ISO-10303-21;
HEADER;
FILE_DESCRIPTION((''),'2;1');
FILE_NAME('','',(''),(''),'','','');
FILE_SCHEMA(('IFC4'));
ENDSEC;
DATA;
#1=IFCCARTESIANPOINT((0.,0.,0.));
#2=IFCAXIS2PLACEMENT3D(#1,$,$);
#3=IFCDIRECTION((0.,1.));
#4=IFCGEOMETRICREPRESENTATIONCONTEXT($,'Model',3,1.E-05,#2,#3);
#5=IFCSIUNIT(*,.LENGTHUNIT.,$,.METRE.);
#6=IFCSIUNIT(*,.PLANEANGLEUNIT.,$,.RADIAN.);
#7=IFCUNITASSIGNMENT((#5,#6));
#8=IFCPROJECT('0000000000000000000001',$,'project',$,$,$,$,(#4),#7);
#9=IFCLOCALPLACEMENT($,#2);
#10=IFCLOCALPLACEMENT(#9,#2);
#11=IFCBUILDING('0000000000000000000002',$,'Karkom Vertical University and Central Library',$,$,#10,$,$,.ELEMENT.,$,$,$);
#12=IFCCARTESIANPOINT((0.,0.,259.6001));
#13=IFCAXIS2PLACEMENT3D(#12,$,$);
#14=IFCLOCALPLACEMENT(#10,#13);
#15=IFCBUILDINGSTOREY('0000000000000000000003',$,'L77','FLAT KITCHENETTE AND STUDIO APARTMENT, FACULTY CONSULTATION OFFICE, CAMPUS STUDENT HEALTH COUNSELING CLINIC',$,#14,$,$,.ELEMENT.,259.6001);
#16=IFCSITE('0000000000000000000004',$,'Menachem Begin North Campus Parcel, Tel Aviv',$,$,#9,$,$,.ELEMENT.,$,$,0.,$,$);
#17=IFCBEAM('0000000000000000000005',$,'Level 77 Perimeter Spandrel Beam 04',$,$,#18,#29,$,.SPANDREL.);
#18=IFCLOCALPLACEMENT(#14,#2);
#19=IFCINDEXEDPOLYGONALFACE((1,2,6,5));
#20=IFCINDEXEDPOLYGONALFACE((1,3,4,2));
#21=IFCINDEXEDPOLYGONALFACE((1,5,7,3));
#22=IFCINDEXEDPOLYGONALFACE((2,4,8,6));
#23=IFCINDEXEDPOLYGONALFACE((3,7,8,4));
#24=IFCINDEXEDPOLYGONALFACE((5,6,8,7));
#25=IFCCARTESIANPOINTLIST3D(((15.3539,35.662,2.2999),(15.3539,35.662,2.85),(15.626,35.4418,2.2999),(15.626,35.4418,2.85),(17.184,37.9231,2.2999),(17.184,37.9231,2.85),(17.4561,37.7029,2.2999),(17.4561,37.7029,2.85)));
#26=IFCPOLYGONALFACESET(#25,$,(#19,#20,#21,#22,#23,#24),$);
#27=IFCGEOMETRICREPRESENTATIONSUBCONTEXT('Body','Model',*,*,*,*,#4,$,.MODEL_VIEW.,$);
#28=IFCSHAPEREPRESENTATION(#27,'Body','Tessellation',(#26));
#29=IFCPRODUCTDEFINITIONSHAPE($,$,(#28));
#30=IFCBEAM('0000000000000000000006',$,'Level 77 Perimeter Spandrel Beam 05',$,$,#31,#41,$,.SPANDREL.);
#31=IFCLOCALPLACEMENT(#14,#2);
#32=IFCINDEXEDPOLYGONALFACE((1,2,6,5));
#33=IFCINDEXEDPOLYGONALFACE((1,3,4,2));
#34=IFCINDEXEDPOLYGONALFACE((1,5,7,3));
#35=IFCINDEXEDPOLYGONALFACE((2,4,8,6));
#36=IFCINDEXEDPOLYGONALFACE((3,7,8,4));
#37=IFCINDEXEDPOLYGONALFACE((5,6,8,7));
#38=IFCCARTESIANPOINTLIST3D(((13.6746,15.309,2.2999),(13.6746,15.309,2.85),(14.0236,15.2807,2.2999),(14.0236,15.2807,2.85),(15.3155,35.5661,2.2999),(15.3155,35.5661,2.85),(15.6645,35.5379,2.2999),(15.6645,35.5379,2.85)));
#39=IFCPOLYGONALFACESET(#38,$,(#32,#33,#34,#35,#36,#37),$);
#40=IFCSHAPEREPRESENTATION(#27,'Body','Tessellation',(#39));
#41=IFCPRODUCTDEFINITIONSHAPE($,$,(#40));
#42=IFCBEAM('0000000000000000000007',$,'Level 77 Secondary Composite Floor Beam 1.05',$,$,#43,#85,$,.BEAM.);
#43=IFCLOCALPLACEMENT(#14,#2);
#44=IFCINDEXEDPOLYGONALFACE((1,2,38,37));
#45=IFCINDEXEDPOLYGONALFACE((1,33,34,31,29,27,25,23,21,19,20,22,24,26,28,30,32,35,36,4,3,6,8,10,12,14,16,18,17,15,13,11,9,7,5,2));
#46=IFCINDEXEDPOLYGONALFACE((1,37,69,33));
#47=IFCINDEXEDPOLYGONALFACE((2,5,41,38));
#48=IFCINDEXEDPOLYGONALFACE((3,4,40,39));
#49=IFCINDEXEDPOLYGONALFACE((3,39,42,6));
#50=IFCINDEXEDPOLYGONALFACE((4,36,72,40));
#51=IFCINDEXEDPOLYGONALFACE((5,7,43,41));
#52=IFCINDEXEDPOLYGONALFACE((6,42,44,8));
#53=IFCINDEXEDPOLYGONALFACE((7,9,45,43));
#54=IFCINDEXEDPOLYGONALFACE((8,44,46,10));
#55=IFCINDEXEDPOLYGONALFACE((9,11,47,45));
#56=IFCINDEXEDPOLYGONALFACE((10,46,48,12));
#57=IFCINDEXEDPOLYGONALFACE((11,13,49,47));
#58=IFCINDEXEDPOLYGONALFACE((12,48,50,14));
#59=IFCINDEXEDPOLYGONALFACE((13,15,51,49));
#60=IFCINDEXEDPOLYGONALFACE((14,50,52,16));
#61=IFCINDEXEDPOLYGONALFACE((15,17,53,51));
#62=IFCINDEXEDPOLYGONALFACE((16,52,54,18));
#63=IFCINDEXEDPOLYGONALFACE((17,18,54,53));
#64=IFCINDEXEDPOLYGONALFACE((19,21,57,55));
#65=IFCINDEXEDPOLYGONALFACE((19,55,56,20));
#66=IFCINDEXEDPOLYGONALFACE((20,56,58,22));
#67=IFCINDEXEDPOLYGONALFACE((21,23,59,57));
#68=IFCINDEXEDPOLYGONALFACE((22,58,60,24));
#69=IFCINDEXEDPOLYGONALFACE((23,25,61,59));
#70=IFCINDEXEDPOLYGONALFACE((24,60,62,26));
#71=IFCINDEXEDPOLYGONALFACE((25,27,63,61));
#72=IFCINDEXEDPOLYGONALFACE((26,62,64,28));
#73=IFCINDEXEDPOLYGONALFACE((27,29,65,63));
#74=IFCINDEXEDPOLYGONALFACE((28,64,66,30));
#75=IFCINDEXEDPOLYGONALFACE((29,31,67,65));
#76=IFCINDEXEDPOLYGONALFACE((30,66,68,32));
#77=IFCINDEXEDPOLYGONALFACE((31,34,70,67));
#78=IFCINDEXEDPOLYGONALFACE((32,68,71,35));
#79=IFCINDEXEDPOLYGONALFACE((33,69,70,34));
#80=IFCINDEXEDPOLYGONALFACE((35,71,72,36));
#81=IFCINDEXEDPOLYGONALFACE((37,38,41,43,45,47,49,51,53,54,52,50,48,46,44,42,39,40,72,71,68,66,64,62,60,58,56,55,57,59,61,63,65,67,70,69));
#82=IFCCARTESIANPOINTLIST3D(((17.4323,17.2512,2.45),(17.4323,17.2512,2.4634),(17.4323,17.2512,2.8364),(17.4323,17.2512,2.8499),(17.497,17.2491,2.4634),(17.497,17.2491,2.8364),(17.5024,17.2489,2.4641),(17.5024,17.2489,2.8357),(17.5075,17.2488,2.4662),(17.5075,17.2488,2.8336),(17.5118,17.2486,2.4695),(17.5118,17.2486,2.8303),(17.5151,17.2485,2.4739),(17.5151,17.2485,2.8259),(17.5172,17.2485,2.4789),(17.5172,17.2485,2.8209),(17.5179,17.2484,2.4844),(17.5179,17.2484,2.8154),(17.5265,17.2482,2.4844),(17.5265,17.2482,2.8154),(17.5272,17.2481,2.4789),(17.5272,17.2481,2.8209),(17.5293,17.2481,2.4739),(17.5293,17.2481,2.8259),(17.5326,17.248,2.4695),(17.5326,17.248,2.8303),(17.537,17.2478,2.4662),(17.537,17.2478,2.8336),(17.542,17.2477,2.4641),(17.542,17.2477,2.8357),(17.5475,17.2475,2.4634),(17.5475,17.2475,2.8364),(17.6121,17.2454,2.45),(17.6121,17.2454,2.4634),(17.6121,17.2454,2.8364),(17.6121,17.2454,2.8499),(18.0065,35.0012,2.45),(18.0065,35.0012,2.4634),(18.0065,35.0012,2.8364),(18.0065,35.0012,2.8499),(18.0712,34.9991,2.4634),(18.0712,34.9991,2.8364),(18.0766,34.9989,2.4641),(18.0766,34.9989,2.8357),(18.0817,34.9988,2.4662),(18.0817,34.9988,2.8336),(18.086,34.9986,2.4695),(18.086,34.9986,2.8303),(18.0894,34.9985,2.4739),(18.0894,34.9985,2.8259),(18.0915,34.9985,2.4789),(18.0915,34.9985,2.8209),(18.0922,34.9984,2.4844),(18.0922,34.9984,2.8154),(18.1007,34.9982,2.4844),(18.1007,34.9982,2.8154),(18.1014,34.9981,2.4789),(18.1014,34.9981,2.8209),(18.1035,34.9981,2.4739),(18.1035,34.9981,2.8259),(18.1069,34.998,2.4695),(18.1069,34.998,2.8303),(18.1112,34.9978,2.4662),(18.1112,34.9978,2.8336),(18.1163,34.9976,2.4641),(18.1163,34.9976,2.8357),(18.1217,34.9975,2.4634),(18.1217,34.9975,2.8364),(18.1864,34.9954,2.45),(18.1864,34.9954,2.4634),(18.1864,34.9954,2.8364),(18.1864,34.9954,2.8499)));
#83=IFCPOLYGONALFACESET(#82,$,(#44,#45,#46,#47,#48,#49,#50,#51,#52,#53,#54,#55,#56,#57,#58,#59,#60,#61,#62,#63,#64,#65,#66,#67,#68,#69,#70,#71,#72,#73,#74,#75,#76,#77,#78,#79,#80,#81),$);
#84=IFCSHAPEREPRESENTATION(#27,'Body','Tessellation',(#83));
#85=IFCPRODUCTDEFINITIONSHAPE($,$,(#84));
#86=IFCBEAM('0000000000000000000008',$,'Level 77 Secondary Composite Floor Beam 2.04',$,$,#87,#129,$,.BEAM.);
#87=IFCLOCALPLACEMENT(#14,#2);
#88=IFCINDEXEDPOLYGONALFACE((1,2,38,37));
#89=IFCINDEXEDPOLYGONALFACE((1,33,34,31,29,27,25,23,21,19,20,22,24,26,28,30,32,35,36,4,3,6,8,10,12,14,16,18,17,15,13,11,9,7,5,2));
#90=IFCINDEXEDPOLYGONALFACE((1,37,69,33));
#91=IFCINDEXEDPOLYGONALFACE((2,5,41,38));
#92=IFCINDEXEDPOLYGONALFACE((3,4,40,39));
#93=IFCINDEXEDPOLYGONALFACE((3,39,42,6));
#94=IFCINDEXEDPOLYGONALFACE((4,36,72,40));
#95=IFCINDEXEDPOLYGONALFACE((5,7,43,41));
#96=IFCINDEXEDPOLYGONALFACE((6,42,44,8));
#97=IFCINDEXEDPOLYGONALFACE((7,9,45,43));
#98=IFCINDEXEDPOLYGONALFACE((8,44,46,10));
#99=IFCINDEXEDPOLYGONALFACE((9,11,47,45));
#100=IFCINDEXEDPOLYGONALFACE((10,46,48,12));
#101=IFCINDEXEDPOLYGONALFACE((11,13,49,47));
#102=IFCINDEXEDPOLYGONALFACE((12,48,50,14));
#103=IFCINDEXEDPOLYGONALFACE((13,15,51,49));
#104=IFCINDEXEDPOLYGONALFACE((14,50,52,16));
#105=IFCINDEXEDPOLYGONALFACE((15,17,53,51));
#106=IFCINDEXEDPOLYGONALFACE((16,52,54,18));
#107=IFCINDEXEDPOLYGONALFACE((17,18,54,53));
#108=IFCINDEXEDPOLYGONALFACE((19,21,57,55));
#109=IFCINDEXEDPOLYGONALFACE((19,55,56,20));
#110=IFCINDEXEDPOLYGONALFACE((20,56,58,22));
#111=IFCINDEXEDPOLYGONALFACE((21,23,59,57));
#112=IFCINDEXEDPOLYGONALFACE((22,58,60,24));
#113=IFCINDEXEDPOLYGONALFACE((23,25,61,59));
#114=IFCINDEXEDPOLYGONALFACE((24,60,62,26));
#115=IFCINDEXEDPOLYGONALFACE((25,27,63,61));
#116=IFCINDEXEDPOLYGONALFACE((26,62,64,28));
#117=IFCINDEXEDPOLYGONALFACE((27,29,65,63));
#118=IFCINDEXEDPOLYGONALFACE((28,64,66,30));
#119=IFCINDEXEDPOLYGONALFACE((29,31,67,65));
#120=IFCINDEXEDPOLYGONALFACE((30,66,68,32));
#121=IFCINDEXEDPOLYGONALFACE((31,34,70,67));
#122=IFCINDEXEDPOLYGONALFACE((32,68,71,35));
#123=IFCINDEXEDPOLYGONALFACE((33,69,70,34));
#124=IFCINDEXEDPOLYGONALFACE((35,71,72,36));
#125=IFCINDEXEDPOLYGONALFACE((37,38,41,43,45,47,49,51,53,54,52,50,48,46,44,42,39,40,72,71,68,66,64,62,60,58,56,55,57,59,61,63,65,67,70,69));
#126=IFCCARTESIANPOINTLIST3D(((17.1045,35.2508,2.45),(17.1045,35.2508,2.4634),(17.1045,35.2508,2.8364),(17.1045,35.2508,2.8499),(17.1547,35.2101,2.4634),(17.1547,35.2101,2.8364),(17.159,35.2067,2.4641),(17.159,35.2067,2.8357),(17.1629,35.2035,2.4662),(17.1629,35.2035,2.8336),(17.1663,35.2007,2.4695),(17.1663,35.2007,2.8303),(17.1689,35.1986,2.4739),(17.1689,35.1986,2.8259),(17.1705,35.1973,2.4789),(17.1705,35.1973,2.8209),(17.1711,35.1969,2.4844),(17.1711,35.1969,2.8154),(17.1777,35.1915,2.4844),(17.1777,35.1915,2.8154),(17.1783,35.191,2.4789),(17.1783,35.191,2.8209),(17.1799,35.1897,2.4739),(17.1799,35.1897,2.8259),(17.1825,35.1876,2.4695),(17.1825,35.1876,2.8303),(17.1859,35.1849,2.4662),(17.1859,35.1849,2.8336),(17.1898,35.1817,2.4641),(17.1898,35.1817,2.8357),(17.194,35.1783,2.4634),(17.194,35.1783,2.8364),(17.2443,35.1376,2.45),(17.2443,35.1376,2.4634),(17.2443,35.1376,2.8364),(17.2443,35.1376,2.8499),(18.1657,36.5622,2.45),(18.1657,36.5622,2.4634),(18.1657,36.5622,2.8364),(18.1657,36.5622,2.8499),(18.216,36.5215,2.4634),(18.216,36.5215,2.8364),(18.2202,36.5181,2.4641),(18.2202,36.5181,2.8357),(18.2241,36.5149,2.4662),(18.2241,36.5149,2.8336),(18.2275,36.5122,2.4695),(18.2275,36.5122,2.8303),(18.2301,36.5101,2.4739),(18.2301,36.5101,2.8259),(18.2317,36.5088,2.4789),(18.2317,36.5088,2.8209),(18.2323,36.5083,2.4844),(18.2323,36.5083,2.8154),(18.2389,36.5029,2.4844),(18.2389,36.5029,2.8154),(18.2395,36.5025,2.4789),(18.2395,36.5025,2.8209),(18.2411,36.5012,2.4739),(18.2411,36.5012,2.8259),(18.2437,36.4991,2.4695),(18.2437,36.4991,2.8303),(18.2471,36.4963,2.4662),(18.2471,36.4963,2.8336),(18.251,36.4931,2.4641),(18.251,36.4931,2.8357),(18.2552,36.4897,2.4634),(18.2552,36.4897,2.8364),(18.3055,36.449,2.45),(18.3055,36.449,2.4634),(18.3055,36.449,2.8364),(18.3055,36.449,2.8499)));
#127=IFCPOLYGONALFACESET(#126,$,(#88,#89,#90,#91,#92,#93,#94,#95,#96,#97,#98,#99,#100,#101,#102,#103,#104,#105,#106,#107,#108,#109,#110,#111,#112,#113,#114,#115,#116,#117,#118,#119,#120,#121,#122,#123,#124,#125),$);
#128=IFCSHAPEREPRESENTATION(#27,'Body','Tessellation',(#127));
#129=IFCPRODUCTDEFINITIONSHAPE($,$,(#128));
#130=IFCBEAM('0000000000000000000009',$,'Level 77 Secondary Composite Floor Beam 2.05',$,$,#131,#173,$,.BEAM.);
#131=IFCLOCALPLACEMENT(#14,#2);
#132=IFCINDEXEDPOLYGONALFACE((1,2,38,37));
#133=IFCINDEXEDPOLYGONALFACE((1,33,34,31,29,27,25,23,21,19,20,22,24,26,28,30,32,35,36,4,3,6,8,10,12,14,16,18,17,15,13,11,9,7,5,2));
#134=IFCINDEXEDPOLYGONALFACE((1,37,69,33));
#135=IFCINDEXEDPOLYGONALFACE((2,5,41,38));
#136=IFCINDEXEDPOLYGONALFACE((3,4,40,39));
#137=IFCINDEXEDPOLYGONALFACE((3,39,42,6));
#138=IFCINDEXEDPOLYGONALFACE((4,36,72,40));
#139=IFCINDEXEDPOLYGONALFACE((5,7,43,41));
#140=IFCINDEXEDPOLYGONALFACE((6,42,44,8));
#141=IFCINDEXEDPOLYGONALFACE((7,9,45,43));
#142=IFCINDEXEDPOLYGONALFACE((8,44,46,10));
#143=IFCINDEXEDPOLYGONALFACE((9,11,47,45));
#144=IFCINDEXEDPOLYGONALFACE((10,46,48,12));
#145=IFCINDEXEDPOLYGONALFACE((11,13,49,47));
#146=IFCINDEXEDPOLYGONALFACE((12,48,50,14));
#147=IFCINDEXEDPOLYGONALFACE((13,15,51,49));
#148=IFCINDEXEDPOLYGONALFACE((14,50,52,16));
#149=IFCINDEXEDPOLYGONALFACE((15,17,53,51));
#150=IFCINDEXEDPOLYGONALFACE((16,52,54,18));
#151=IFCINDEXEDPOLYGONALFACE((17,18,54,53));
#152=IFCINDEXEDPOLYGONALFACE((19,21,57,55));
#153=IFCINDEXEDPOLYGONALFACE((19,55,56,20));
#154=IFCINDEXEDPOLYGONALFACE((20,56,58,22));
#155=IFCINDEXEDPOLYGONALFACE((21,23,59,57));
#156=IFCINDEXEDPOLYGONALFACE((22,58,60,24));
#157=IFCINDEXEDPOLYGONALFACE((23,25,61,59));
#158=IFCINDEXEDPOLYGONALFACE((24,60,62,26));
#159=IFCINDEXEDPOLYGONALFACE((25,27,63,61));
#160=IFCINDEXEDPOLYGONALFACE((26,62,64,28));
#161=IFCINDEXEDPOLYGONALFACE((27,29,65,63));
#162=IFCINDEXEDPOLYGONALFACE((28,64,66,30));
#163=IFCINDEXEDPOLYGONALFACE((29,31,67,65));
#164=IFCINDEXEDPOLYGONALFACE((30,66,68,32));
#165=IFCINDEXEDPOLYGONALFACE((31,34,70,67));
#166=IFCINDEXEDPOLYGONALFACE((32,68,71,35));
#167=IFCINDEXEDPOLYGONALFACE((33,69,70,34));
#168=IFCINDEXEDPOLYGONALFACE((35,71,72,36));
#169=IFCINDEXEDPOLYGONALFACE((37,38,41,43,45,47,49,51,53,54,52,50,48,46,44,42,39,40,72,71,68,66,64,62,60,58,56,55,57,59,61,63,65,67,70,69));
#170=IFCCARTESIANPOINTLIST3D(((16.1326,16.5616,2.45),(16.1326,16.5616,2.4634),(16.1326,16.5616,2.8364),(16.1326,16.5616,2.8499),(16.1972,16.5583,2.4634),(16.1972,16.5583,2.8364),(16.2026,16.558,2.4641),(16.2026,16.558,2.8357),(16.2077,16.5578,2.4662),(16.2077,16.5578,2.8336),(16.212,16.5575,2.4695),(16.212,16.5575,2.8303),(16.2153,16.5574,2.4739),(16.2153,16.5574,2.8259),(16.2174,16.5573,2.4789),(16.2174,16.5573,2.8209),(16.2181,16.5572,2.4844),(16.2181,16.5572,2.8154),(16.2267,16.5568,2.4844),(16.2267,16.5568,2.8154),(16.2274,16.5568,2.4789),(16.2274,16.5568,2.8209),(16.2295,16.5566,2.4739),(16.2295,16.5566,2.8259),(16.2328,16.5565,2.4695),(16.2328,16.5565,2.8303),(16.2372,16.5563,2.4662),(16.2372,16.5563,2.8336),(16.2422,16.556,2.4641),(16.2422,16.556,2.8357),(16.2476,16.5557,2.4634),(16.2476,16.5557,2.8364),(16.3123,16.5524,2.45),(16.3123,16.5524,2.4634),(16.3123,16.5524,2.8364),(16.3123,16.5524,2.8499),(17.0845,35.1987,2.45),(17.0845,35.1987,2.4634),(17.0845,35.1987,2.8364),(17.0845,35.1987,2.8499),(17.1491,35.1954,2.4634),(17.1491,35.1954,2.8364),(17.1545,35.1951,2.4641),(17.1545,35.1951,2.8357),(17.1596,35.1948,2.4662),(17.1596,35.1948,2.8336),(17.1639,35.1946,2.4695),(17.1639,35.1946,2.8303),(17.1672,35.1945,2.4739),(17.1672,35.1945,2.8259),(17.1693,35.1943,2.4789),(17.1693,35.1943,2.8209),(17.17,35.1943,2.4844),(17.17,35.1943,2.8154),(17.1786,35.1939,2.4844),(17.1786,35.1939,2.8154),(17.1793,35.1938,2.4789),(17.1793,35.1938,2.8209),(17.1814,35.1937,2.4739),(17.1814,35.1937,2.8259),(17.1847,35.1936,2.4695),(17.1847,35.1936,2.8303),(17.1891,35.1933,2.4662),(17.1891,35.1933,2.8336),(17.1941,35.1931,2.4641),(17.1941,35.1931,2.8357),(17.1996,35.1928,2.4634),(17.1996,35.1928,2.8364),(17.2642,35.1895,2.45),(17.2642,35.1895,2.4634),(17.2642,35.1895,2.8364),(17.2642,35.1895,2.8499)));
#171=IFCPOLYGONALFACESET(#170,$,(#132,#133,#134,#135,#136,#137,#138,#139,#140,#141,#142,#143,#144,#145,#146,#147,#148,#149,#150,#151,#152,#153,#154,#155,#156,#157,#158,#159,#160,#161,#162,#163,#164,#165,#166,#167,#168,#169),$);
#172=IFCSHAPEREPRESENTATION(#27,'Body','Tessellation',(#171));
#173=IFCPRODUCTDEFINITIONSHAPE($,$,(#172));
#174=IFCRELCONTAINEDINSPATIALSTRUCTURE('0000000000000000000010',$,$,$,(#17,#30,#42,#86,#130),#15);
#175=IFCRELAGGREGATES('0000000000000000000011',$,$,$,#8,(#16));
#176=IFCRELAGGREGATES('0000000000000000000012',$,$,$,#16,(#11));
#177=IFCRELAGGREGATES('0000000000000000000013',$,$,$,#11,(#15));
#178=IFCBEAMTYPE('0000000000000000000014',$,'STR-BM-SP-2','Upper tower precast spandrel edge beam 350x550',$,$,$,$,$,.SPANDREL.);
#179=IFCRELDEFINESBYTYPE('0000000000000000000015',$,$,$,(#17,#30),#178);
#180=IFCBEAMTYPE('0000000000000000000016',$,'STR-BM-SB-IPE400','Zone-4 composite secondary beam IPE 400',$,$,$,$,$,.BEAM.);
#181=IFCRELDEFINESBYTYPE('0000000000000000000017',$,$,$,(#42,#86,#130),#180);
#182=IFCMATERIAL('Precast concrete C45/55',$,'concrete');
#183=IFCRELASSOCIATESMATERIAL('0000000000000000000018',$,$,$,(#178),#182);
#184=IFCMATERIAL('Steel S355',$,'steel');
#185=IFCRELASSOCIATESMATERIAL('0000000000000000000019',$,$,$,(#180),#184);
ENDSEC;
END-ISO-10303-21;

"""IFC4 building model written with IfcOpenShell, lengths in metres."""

from ifc_helpers import new_model, si_unit, direction, frame, origin, origin_with_axes, origin_2d, place, context, subcontext, project, spatial, rectangle, i_section, extrude, source, transform, mapped, material, material_profile, profile_set, type_object, element, save


model = new_model("IFC4")

# Units and contexts
model_context = context("Model", 3, precision=1e-05, world=origin(), true_north=direction((0.0, 1.0)))
body_context = subcontext(model_context, "Body", "Model", "MODEL_VIEW")
ifc_project = project(units=[si_unit("LENGTHUNIT", "METRE"), si_unit("PLANEANGLEUNIT", "RADIAN")], contexts=[model_context])

# Site, building, storey
site_placement = place(None, origin())
site = spatial("IfcSite", under=ifc_project, at=site_placement, Name="Menachem Begin North Campus Parcel, Tel Aviv", CompositionType="ELEMENT", RefElevation=0.0)
building_placement = place(site_placement, origin())
building = spatial("IfcBuilding", under=site, at=building_placement, Name="Karkom Vertical University and Central Library", CompositionType="ELEMENT")
storey_placement = place(building_placement, frame((0.0, 0.0, 259.6001)))
storey = spatial("IfcBuildingStorey", under=building, at=storey_placement, Name="L77", Description="FLAT KITCHENETTE AND STUDIO APARTMENT, FACULTY CONSULTATION OFFICE, CAMPUS STUDENT HEALTH COUNSELING CLINIC", CompositionType="ELEMENT", Elevation=259.6001)

# Beams
ifc_material_1 = material(Name="Precast concrete C45/55", Category="concrete")
ifc_material_profile_1 = material_profile(ifc_material_1, rectangle(XDim=0.3501, YDim=0.55, at=origin_2d()), Name="SPB-350x550")
ifc_profile_set_1 = profile_set([ifc_material_profile_1], Name="Precast concrete C45/55")
beam_type_1 = type_object("IfcBeamType", Name="STR-BM-SP-2", Description="Upper tower precast spandrel edge beam 350x550", PredefinedType="SPANDREL", material=ifc_profile_set_1)
shared_shape_1 = source(origin_with_axes(), body_context, "Body", "SweptSolid", [
    extrude(rectangle(XDim=0.3501, YDim=0.55, at=origin_2d()), origin(), (0.0, 0.0, 1.0), 2.9089),
])
beam_1_placement = place(storey_placement, frame((17.3201, 37.813, 2.575), z_axis=(-0.629148, -0.777286, 0.0), x_axis=(0.777286, -0.629148, 0.0)))
element("IfcBeam", 1, at=beam_1_placement, inside=storey, type_object=beam_type_1, Name="Level 77 Perimeter Spandrel Beam 04", PredefinedType="SPANDREL", context=body_context, shape_type="MappedRepresentation", body=[
    mapped(shared_shape_1, transform((0.0, 0.0, 0.0), scale=1.0)),
])
shared_shape_2 = source(origin_with_axes(), body_context, "Body", "SweptSolid", [
    extrude(rectangle(XDim=0.3501, YDim=0.55, at=origin_2d()), origin(), (0.0, 0.0, 1.0), 20.3235),
])
beam_2_placement = place(storey_placement, frame((15.49, 35.552, 2.575), z_axis=(-0.080738, -0.996735, 0.0), x_axis=(0.996735, -0.080738, 0.0)))
element("IfcBeam", 2, at=beam_2_placement, inside=storey, type_object=beam_type_1, Name="Level 77 Perimeter Spandrel Beam 05", PredefinedType="SPANDREL", context=body_context, shape_type="MappedRepresentation", body=[
    mapped(shared_shape_2, transform((0.0, 0.0, 0.0), scale=1.0)),
])
ifc_material_2 = material(Name="Steel S355", Category="steel")
ifc_material_profile_2 = material_profile(ifc_material_2, i_section(OverallWidth=0.1799, OverallDepth=0.3999, WebThickness=0.0085, FlangeThickness=0.0134, FilletRadius=0.021, at=origin_2d()), Name="IPE 400")
ifc_profile_set_2 = profile_set([ifc_material_profile_2], Name="Steel S355")
beam_type_2 = type_object("IfcBeamType", Name="STR-BM-SB-IPE400", Description="Zone-4 composite secondary beam IPE 400", PredefinedType="BEAM", material=ifc_profile_set_2)
shared_shape_3 = source(origin_with_axes(), body_context, "Body", "SweptSolid", [
    extrude(i_section(OverallWidth=0.1799, OverallDepth=0.3999, WebThickness=0.0085, FlangeThickness=0.0134, FilletRadius=0.021, at=origin_2d()), origin(), (0.0, 0.0, 1.0), 17.7593),
])
beam_3_placement = place(storey_placement, frame((18.0964, 34.9983, 2.6499), z_axis=(-0.032333, -0.999477, 0.0), x_axis=(0.999477, -0.032333, 0.0)))
element("IfcBeam", 3, at=beam_3_placement, inside=storey, type_object=beam_type_2, Name="Level 77 Secondary Composite Floor Beam 1.05", PredefinedType="BEAM", context=body_context, shape_type="MappedRepresentation", body=[
    mapped(shared_shape_3, transform((0.0, 0.0, 0.0), scale=1.0)),
])
shared_shape_4 = source(origin_with_axes(), body_context, "Body", "SweptSolid", [
    extrude(i_section(OverallWidth=0.1799, OverallDepth=0.3999, WebThickness=0.0085, FlangeThickness=0.0134, FilletRadius=0.021, at=origin_2d()), origin(), (0.0, 0.0, 1.0), 1.687),
])
beam_4_placement = place(storey_placement, frame((18.2356, 36.5056, 2.6499), z_axis=(-0.629044, -0.77737, 0.0), x_axis=(0.77737, -0.629044, 0.0)))
element("IfcBeam", 4, at=beam_4_placement, inside=storey, type_object=beam_type_2, Name="Level 77 Secondary Composite Floor Beam 2.04", PredefinedType="BEAM", context=body_context, shape_type="MappedRepresentation", body=[
    mapped(shared_shape_4, transform((0.0, 0.0, 0.0), scale=1.0)),
])
shared_shape_5 = source(origin_with_axes(), body_context, "Body", "SweptSolid", [
    extrude(i_section(OverallWidth=0.1799, OverallDepth=0.3999, WebThickness=0.0085, FlangeThickness=0.0134, FilletRadius=0.021, at=origin_2d()), origin(), (0.0, 0.0, 1.0), 18.6614),
])
beam_5_placement = place(storey_placement, frame((17.1743, 35.1941, 2.6499), z_axis=(-0.05101, -0.998698, 0.0), x_axis=(0.998698, -0.05101, 0.0)))
element("IfcBeam", 5, at=beam_5_placement, inside=storey, type_object=beam_type_2, Name="Level 77 Secondary Composite Floor Beam 2.05", PredefinedType="BEAM", context=body_context, shape_type="MappedRepresentation", body=[
    mapped(shared_shape_5, transform((0.0, 0.0, 0.0), scale=1.0)),
])

save(model, "model.ifc")
